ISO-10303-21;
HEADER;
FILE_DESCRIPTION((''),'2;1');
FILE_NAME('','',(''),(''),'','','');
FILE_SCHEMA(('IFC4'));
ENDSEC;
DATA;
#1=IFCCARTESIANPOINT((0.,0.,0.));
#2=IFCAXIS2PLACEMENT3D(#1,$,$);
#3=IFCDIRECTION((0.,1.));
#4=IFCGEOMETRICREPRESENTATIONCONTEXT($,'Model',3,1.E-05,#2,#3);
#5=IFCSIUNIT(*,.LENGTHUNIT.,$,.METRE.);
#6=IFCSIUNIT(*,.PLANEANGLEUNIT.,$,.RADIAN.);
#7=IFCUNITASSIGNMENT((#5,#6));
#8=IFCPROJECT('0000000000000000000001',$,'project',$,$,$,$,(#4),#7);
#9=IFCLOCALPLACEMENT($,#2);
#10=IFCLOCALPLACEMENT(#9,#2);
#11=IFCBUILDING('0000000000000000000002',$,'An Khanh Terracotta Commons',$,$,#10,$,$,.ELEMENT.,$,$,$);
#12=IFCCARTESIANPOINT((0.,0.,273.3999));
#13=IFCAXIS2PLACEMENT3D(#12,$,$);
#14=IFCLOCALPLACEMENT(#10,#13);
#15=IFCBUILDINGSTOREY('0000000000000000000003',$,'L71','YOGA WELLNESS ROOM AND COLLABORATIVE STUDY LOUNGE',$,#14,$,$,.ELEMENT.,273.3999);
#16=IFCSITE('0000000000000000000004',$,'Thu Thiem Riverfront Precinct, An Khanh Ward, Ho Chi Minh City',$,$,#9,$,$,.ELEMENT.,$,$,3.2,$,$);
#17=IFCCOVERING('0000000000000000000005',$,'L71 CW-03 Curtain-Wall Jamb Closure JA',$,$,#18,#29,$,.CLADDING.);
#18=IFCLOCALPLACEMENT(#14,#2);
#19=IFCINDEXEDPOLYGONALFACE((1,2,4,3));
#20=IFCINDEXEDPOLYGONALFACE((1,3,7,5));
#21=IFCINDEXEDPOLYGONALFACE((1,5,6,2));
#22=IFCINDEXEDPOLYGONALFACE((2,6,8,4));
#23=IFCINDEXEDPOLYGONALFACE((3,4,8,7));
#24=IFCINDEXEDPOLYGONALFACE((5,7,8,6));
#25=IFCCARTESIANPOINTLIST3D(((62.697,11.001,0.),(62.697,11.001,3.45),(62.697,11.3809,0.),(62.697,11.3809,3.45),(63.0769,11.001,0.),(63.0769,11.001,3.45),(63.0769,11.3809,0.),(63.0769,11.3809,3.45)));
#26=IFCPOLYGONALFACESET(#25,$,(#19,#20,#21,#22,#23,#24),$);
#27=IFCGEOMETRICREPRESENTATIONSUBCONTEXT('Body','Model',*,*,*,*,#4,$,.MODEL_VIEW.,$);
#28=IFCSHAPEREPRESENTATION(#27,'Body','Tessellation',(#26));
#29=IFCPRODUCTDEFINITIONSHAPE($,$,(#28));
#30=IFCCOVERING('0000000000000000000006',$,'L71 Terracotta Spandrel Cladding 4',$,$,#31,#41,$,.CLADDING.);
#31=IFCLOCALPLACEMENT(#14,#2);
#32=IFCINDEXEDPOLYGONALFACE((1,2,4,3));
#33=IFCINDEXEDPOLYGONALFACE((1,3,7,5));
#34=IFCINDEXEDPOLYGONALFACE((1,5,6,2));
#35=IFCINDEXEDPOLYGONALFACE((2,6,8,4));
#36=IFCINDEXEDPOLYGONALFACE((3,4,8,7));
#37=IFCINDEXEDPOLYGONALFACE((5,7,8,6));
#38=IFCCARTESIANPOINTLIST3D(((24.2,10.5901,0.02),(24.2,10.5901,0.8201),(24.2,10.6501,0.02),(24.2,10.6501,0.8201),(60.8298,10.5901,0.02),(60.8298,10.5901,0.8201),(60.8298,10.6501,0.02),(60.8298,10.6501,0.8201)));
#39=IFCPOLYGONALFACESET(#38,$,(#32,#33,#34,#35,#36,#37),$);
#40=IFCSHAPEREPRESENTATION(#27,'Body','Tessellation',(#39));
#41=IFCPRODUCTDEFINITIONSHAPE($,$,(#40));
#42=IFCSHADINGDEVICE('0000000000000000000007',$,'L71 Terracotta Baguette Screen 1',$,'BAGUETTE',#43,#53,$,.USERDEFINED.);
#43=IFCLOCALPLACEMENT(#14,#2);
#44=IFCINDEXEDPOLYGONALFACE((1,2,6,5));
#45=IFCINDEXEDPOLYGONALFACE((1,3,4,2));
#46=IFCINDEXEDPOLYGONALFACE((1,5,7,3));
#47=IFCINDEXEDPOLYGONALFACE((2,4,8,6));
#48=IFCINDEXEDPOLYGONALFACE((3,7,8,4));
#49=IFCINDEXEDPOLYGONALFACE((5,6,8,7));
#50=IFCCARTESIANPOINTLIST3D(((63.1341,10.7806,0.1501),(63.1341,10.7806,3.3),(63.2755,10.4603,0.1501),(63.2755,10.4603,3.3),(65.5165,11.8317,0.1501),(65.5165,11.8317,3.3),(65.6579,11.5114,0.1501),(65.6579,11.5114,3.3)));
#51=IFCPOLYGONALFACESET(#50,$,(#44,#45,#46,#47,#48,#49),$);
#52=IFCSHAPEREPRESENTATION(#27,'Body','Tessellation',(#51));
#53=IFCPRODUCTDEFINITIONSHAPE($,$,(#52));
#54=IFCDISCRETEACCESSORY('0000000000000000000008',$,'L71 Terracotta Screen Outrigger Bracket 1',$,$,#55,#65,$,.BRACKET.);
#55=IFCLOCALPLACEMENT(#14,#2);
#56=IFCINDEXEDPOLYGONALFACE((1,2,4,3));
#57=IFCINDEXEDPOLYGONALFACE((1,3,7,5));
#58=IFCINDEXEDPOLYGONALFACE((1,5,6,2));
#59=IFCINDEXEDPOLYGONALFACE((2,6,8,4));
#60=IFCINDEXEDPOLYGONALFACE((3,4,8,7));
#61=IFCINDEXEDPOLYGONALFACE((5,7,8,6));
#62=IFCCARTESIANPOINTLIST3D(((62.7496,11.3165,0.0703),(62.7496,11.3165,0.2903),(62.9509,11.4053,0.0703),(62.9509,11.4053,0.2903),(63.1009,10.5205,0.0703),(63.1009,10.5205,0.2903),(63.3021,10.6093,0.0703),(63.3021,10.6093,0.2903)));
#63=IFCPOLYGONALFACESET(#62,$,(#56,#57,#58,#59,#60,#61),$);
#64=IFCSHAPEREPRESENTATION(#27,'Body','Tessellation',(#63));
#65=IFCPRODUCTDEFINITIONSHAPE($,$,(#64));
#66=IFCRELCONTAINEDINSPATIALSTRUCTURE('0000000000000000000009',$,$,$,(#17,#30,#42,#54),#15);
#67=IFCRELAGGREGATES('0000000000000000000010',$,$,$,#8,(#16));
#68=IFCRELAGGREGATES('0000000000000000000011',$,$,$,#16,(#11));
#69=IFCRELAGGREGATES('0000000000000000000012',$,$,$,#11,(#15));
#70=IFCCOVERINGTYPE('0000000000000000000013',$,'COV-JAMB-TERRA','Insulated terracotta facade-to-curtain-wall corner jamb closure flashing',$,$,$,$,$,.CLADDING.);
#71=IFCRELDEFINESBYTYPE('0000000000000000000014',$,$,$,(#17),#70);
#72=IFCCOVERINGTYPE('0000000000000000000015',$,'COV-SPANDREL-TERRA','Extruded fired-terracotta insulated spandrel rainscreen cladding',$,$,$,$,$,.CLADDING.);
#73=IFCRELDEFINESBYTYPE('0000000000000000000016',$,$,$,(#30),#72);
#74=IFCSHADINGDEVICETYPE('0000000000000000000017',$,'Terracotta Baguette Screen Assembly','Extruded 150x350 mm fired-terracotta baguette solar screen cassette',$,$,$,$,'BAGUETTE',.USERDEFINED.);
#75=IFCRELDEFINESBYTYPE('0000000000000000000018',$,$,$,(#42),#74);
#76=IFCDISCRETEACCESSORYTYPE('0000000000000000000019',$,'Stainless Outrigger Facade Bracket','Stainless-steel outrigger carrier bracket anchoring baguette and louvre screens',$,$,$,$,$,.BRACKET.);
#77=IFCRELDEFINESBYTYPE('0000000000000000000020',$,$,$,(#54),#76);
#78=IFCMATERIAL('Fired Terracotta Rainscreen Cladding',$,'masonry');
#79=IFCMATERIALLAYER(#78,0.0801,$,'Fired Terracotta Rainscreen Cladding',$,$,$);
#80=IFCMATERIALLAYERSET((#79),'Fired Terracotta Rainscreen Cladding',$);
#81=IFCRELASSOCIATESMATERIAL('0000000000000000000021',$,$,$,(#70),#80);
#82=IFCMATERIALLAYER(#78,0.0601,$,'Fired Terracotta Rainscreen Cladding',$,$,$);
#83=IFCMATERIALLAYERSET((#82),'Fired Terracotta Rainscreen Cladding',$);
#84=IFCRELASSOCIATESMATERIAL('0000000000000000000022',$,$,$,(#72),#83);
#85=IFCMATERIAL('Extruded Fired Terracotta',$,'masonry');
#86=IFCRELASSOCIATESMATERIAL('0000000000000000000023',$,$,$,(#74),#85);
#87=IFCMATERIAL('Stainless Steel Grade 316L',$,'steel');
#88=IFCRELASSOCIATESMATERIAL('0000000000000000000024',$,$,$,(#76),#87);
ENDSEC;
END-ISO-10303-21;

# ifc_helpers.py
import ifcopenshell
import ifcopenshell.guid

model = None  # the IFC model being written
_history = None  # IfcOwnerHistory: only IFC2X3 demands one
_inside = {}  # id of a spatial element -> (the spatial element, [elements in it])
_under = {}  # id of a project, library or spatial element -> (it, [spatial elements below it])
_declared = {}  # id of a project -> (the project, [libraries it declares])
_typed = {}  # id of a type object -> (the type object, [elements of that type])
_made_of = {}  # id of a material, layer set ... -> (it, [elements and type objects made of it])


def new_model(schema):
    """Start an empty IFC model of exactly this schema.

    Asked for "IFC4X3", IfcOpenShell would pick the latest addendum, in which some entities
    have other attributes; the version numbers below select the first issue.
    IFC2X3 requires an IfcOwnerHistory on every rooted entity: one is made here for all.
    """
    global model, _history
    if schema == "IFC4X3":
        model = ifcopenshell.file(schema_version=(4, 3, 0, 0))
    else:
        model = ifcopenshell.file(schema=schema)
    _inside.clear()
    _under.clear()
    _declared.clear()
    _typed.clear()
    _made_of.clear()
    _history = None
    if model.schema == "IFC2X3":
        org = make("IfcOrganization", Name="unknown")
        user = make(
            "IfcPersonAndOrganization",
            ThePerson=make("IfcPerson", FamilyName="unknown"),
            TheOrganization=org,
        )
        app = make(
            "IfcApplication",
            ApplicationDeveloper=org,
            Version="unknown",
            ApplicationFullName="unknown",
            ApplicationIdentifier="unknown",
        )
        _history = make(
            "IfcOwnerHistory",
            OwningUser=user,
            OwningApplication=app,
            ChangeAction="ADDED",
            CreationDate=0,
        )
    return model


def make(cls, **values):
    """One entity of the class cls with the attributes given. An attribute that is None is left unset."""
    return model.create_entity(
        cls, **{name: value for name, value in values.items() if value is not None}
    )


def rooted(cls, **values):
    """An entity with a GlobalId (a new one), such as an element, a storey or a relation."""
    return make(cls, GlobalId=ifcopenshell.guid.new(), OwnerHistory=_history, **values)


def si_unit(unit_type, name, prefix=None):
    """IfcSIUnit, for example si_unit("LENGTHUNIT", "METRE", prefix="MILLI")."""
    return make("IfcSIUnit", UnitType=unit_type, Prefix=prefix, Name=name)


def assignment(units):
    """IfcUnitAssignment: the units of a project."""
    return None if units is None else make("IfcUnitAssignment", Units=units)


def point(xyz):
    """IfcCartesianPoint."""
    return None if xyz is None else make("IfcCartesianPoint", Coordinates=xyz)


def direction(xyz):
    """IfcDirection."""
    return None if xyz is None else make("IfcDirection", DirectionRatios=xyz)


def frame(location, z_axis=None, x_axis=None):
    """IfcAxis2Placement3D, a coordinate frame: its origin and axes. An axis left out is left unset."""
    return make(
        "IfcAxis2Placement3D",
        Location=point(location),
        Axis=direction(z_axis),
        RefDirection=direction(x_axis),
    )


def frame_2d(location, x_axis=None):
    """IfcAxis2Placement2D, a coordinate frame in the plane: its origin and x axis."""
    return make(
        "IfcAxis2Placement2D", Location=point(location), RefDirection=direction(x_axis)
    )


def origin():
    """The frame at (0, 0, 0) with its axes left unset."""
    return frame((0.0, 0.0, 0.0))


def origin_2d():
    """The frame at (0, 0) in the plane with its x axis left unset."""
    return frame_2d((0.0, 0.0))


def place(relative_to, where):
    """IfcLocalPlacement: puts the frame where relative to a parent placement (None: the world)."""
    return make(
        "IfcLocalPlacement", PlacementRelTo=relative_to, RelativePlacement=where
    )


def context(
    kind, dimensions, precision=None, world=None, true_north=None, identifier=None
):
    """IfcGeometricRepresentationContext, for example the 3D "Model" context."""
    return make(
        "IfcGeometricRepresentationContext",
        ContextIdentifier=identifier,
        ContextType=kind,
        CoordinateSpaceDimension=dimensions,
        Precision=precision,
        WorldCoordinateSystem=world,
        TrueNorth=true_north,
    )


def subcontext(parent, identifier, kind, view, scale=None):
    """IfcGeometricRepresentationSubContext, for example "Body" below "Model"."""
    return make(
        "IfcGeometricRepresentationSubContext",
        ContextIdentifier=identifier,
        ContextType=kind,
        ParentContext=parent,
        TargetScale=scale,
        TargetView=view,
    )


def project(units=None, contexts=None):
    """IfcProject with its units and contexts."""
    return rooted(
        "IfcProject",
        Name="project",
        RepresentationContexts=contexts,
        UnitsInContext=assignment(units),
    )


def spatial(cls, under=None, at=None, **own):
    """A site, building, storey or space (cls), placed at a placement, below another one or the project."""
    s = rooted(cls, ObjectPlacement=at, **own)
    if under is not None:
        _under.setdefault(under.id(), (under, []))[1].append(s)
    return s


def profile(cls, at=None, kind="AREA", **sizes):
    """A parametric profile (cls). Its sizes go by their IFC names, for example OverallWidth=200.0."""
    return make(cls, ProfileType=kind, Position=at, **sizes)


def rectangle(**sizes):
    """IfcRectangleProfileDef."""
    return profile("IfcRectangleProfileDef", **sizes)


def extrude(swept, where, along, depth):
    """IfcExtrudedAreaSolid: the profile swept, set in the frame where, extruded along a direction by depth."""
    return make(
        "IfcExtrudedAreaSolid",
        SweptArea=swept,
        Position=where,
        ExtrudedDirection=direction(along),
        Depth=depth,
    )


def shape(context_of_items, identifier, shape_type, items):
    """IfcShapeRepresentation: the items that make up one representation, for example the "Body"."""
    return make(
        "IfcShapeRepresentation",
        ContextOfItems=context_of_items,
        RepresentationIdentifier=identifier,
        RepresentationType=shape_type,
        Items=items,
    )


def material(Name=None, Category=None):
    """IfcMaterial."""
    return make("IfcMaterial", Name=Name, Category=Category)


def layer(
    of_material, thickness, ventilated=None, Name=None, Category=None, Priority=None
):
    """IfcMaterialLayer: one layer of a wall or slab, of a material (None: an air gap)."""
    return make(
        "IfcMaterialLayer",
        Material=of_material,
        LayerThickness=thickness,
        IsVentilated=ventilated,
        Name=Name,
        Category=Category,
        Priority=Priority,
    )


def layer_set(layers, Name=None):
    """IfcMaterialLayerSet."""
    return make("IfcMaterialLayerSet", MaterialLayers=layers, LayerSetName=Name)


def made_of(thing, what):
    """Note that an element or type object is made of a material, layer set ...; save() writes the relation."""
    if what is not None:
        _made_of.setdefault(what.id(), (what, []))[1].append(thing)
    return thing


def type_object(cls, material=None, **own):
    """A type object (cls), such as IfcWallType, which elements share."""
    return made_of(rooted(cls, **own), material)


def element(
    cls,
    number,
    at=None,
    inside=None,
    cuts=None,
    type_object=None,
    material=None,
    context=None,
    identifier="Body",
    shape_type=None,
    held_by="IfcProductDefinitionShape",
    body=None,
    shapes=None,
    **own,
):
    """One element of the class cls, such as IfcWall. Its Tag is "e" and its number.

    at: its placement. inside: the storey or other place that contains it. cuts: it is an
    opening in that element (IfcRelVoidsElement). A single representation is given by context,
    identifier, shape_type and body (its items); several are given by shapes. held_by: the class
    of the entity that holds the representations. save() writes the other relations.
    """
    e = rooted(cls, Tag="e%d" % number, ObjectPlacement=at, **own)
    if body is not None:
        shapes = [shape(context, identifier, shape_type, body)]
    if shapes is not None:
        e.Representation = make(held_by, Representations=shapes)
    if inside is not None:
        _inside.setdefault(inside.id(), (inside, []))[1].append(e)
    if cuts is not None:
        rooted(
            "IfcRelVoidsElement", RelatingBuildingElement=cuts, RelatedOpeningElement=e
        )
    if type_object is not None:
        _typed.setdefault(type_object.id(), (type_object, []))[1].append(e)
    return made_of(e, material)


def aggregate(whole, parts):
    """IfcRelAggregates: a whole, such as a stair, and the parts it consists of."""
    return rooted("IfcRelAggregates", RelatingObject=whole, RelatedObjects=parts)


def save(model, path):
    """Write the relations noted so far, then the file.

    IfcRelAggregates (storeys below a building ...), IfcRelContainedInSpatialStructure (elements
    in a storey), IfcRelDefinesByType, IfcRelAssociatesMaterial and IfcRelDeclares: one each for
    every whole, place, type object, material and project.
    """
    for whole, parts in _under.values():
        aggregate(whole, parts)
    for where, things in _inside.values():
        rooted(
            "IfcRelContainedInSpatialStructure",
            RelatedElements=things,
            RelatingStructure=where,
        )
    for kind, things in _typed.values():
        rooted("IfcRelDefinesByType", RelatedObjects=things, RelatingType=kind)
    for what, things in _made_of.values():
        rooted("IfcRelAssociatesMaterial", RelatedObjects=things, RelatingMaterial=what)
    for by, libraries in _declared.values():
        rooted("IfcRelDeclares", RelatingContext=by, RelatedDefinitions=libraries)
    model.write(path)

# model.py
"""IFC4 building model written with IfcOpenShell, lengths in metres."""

from ifc_helpers import new_model, si_unit, direction, frame, origin, origin_2d, place, context, subcontext, project, spatial, rectangle, extrude, material, layer, layer_set, type_object, element, save


model = new_model("IFC4")

# Units and contexts
model_context = context("Model", 3, precision=1e-05, world=origin(), true_north=direction((0.0, 1.0)))
body_context = subcontext(model_context, "Body", "Model", "MODEL_VIEW")
ifc_project = project(units=[si_unit("LENGTHUNIT", "METRE"), si_unit("PLANEANGLEUNIT", "RADIAN")], contexts=[model_context])

# Site, building, storey
site_placement = place(None, origin())
site = spatial("IfcSite", under=ifc_project, at=site_placement, Name="Thu Thiem Riverfront Precinct, An Khanh Ward, Ho Chi Minh City", CompositionType="ELEMENT", RefElevation=3.2)
building_placement = place(site_placement, origin())
building = spatial("IfcBuilding", under=site, at=building_placement, Name="An Khanh Terracotta Commons", CompositionType="ELEMENT")
storey_placement = place(building_placement, frame((0.0, 0.0, 273.3999)))
storey = spatial("IfcBuildingStorey", under=building, at=storey_placement, Name="L71", Description="YOGA WELLNESS ROOM AND COLLABORATIVE STUDY LOUNGE", CompositionType="ELEMENT", Elevation=273.3999)

# Coverings
ifc_material_1 = material(Name="Fired Terracotta Rainscreen Cladding", Category="masonry")
ifc_layer_1 = layer(ifc_material_1, 0.0801, Name="Fired Terracotta Rainscreen Cladding")
ifc_layer_set_1 = layer_set([ifc_layer_1], Name="Fired Terracotta Rainscreen Cladding")
covering_type_1 = type_object("IfcCoveringType", Name="COV-JAMB-TERRA", Description="Insulated terracotta facade-to-curtain-wall corner jamb closure flashing", PredefinedType="CLADDING", material=ifc_layer_set_1)
covering_1_placement = place(storey_placement, frame((62.887, 11.1909, 0.0), z_axis=(0.0, 0.0, 1.0), x_axis=(1.0, 0.0, 0.0)))
element("IfcCovering", 1, at=covering_1_placement, inside=storey, type_object=covering_type_1, Name="L71 CW-03 Curtain-Wall Jamb Closure JA", PredefinedType="CLADDING", context=body_context, shape_type="SweptSolid", body=[
    extrude(rectangle(XDim=0.3799, YDim=0.3799, at=origin_2d()), origin(), (0.0, 0.0, 1.0), 3.45),
])
ifc_layer_2 = layer(ifc_material_1, 0.0601, Name="Fired Terracotta Rainscreen Cladding")
ifc_layer_set_2 = layer_set([ifc_layer_2], Name="Fired Terracotta Rainscreen Cladding")
covering_type_2 = type_object("IfcCoveringType", Name="COV-SPANDREL-TERRA", Description="Extruded fired-terracotta insulated spandrel rainscreen cladding", PredefinedType="CLADDING", material=ifc_layer_set_2)
covering_2_placement = place(storey_placement, frame((42.5149, 10.6201, 0.02), z_axis=(0.0, 0.0, 1.0), x_axis=(1.0, 0.0, 0.0)))
element("IfcCovering", 2, at=covering_2_placement, inside=storey, type_object=covering_type_2, Name="L71 Terracotta Spandrel Cladding 4", PredefinedType="CLADDING", context=body_context, shape_type="SweptSolid", body=[
    extrude(rectangle(XDim=36.6299, YDim=0.0601, at=origin_2d()), origin(), (0.0, 0.0, 1.0), 0.8),
])

# Shading device
ifc_material_2 = material(Name="Extruded Fired Terracotta", Category="masonry")
shading_device_type = type_object("IfcShadingDeviceType", Name="Terracotta Baguette Screen Assembly", Description="Extruded 150x350 mm fired-terracotta baguette solar screen cassette", ElementType="BAGUETTE", PredefinedType="USERDEFINED", material=ifc_material_2)
shading_device_placement = place(storey_placement, frame((64.396, 11.146, 0.1501), z_axis=(0.0, 0.0, 1.0), x_axis=(0.914902, 0.403676, 0.0)))
element("IfcShadingDevice", 3, at=shading_device_placement, inside=storey, type_object=shading_device_type, Name="L71 Terracotta Baguette Screen 1", ObjectType="BAGUETTE", PredefinedType="USERDEFINED", context=body_context, shape_type="SweptSolid", body=[
    extrude(rectangle(XDim=2.604, YDim=0.3501, at=origin_2d()), origin(), (0.0, 0.0, 1.0), 3.1499),
])

# Discrete accessory
ifc_material_3 = material(Name="Stainless Steel Grade 316L", Category="steel")
discrete_accessory_type = type_object("IfcDiscreteAccessoryType", Name="Stainless Outrigger Facade Bracket", Description="Stainless-steel outrigger carrier bracket anchoring baguette and louvre screens", PredefinedType="BRACKET", material=ifc_material_3)
discrete_accessory_placement = place(storey_placement, frame((63.0259, 10.9629, 0.0703), z_axis=(0.0, 0.0, 1.0), x_axis=(0.914902, 0.403676, 0.0)))
element("IfcDiscreteAccessory", 4, at=discrete_accessory_placement, inside=storey, type_object=discrete_accessory_type, Name="L71 Terracotta Screen Outrigger Bracket 1", PredefinedType="BRACKET", context=body_context, shape_type="SweptSolid", body=[
    extrude(rectangle(XDim=0.22, YDim=0.8701, at=origin_2d()), origin(), (0.0, 0.0, 1.0), 0.22),
])

save(model, "model.ifc")
